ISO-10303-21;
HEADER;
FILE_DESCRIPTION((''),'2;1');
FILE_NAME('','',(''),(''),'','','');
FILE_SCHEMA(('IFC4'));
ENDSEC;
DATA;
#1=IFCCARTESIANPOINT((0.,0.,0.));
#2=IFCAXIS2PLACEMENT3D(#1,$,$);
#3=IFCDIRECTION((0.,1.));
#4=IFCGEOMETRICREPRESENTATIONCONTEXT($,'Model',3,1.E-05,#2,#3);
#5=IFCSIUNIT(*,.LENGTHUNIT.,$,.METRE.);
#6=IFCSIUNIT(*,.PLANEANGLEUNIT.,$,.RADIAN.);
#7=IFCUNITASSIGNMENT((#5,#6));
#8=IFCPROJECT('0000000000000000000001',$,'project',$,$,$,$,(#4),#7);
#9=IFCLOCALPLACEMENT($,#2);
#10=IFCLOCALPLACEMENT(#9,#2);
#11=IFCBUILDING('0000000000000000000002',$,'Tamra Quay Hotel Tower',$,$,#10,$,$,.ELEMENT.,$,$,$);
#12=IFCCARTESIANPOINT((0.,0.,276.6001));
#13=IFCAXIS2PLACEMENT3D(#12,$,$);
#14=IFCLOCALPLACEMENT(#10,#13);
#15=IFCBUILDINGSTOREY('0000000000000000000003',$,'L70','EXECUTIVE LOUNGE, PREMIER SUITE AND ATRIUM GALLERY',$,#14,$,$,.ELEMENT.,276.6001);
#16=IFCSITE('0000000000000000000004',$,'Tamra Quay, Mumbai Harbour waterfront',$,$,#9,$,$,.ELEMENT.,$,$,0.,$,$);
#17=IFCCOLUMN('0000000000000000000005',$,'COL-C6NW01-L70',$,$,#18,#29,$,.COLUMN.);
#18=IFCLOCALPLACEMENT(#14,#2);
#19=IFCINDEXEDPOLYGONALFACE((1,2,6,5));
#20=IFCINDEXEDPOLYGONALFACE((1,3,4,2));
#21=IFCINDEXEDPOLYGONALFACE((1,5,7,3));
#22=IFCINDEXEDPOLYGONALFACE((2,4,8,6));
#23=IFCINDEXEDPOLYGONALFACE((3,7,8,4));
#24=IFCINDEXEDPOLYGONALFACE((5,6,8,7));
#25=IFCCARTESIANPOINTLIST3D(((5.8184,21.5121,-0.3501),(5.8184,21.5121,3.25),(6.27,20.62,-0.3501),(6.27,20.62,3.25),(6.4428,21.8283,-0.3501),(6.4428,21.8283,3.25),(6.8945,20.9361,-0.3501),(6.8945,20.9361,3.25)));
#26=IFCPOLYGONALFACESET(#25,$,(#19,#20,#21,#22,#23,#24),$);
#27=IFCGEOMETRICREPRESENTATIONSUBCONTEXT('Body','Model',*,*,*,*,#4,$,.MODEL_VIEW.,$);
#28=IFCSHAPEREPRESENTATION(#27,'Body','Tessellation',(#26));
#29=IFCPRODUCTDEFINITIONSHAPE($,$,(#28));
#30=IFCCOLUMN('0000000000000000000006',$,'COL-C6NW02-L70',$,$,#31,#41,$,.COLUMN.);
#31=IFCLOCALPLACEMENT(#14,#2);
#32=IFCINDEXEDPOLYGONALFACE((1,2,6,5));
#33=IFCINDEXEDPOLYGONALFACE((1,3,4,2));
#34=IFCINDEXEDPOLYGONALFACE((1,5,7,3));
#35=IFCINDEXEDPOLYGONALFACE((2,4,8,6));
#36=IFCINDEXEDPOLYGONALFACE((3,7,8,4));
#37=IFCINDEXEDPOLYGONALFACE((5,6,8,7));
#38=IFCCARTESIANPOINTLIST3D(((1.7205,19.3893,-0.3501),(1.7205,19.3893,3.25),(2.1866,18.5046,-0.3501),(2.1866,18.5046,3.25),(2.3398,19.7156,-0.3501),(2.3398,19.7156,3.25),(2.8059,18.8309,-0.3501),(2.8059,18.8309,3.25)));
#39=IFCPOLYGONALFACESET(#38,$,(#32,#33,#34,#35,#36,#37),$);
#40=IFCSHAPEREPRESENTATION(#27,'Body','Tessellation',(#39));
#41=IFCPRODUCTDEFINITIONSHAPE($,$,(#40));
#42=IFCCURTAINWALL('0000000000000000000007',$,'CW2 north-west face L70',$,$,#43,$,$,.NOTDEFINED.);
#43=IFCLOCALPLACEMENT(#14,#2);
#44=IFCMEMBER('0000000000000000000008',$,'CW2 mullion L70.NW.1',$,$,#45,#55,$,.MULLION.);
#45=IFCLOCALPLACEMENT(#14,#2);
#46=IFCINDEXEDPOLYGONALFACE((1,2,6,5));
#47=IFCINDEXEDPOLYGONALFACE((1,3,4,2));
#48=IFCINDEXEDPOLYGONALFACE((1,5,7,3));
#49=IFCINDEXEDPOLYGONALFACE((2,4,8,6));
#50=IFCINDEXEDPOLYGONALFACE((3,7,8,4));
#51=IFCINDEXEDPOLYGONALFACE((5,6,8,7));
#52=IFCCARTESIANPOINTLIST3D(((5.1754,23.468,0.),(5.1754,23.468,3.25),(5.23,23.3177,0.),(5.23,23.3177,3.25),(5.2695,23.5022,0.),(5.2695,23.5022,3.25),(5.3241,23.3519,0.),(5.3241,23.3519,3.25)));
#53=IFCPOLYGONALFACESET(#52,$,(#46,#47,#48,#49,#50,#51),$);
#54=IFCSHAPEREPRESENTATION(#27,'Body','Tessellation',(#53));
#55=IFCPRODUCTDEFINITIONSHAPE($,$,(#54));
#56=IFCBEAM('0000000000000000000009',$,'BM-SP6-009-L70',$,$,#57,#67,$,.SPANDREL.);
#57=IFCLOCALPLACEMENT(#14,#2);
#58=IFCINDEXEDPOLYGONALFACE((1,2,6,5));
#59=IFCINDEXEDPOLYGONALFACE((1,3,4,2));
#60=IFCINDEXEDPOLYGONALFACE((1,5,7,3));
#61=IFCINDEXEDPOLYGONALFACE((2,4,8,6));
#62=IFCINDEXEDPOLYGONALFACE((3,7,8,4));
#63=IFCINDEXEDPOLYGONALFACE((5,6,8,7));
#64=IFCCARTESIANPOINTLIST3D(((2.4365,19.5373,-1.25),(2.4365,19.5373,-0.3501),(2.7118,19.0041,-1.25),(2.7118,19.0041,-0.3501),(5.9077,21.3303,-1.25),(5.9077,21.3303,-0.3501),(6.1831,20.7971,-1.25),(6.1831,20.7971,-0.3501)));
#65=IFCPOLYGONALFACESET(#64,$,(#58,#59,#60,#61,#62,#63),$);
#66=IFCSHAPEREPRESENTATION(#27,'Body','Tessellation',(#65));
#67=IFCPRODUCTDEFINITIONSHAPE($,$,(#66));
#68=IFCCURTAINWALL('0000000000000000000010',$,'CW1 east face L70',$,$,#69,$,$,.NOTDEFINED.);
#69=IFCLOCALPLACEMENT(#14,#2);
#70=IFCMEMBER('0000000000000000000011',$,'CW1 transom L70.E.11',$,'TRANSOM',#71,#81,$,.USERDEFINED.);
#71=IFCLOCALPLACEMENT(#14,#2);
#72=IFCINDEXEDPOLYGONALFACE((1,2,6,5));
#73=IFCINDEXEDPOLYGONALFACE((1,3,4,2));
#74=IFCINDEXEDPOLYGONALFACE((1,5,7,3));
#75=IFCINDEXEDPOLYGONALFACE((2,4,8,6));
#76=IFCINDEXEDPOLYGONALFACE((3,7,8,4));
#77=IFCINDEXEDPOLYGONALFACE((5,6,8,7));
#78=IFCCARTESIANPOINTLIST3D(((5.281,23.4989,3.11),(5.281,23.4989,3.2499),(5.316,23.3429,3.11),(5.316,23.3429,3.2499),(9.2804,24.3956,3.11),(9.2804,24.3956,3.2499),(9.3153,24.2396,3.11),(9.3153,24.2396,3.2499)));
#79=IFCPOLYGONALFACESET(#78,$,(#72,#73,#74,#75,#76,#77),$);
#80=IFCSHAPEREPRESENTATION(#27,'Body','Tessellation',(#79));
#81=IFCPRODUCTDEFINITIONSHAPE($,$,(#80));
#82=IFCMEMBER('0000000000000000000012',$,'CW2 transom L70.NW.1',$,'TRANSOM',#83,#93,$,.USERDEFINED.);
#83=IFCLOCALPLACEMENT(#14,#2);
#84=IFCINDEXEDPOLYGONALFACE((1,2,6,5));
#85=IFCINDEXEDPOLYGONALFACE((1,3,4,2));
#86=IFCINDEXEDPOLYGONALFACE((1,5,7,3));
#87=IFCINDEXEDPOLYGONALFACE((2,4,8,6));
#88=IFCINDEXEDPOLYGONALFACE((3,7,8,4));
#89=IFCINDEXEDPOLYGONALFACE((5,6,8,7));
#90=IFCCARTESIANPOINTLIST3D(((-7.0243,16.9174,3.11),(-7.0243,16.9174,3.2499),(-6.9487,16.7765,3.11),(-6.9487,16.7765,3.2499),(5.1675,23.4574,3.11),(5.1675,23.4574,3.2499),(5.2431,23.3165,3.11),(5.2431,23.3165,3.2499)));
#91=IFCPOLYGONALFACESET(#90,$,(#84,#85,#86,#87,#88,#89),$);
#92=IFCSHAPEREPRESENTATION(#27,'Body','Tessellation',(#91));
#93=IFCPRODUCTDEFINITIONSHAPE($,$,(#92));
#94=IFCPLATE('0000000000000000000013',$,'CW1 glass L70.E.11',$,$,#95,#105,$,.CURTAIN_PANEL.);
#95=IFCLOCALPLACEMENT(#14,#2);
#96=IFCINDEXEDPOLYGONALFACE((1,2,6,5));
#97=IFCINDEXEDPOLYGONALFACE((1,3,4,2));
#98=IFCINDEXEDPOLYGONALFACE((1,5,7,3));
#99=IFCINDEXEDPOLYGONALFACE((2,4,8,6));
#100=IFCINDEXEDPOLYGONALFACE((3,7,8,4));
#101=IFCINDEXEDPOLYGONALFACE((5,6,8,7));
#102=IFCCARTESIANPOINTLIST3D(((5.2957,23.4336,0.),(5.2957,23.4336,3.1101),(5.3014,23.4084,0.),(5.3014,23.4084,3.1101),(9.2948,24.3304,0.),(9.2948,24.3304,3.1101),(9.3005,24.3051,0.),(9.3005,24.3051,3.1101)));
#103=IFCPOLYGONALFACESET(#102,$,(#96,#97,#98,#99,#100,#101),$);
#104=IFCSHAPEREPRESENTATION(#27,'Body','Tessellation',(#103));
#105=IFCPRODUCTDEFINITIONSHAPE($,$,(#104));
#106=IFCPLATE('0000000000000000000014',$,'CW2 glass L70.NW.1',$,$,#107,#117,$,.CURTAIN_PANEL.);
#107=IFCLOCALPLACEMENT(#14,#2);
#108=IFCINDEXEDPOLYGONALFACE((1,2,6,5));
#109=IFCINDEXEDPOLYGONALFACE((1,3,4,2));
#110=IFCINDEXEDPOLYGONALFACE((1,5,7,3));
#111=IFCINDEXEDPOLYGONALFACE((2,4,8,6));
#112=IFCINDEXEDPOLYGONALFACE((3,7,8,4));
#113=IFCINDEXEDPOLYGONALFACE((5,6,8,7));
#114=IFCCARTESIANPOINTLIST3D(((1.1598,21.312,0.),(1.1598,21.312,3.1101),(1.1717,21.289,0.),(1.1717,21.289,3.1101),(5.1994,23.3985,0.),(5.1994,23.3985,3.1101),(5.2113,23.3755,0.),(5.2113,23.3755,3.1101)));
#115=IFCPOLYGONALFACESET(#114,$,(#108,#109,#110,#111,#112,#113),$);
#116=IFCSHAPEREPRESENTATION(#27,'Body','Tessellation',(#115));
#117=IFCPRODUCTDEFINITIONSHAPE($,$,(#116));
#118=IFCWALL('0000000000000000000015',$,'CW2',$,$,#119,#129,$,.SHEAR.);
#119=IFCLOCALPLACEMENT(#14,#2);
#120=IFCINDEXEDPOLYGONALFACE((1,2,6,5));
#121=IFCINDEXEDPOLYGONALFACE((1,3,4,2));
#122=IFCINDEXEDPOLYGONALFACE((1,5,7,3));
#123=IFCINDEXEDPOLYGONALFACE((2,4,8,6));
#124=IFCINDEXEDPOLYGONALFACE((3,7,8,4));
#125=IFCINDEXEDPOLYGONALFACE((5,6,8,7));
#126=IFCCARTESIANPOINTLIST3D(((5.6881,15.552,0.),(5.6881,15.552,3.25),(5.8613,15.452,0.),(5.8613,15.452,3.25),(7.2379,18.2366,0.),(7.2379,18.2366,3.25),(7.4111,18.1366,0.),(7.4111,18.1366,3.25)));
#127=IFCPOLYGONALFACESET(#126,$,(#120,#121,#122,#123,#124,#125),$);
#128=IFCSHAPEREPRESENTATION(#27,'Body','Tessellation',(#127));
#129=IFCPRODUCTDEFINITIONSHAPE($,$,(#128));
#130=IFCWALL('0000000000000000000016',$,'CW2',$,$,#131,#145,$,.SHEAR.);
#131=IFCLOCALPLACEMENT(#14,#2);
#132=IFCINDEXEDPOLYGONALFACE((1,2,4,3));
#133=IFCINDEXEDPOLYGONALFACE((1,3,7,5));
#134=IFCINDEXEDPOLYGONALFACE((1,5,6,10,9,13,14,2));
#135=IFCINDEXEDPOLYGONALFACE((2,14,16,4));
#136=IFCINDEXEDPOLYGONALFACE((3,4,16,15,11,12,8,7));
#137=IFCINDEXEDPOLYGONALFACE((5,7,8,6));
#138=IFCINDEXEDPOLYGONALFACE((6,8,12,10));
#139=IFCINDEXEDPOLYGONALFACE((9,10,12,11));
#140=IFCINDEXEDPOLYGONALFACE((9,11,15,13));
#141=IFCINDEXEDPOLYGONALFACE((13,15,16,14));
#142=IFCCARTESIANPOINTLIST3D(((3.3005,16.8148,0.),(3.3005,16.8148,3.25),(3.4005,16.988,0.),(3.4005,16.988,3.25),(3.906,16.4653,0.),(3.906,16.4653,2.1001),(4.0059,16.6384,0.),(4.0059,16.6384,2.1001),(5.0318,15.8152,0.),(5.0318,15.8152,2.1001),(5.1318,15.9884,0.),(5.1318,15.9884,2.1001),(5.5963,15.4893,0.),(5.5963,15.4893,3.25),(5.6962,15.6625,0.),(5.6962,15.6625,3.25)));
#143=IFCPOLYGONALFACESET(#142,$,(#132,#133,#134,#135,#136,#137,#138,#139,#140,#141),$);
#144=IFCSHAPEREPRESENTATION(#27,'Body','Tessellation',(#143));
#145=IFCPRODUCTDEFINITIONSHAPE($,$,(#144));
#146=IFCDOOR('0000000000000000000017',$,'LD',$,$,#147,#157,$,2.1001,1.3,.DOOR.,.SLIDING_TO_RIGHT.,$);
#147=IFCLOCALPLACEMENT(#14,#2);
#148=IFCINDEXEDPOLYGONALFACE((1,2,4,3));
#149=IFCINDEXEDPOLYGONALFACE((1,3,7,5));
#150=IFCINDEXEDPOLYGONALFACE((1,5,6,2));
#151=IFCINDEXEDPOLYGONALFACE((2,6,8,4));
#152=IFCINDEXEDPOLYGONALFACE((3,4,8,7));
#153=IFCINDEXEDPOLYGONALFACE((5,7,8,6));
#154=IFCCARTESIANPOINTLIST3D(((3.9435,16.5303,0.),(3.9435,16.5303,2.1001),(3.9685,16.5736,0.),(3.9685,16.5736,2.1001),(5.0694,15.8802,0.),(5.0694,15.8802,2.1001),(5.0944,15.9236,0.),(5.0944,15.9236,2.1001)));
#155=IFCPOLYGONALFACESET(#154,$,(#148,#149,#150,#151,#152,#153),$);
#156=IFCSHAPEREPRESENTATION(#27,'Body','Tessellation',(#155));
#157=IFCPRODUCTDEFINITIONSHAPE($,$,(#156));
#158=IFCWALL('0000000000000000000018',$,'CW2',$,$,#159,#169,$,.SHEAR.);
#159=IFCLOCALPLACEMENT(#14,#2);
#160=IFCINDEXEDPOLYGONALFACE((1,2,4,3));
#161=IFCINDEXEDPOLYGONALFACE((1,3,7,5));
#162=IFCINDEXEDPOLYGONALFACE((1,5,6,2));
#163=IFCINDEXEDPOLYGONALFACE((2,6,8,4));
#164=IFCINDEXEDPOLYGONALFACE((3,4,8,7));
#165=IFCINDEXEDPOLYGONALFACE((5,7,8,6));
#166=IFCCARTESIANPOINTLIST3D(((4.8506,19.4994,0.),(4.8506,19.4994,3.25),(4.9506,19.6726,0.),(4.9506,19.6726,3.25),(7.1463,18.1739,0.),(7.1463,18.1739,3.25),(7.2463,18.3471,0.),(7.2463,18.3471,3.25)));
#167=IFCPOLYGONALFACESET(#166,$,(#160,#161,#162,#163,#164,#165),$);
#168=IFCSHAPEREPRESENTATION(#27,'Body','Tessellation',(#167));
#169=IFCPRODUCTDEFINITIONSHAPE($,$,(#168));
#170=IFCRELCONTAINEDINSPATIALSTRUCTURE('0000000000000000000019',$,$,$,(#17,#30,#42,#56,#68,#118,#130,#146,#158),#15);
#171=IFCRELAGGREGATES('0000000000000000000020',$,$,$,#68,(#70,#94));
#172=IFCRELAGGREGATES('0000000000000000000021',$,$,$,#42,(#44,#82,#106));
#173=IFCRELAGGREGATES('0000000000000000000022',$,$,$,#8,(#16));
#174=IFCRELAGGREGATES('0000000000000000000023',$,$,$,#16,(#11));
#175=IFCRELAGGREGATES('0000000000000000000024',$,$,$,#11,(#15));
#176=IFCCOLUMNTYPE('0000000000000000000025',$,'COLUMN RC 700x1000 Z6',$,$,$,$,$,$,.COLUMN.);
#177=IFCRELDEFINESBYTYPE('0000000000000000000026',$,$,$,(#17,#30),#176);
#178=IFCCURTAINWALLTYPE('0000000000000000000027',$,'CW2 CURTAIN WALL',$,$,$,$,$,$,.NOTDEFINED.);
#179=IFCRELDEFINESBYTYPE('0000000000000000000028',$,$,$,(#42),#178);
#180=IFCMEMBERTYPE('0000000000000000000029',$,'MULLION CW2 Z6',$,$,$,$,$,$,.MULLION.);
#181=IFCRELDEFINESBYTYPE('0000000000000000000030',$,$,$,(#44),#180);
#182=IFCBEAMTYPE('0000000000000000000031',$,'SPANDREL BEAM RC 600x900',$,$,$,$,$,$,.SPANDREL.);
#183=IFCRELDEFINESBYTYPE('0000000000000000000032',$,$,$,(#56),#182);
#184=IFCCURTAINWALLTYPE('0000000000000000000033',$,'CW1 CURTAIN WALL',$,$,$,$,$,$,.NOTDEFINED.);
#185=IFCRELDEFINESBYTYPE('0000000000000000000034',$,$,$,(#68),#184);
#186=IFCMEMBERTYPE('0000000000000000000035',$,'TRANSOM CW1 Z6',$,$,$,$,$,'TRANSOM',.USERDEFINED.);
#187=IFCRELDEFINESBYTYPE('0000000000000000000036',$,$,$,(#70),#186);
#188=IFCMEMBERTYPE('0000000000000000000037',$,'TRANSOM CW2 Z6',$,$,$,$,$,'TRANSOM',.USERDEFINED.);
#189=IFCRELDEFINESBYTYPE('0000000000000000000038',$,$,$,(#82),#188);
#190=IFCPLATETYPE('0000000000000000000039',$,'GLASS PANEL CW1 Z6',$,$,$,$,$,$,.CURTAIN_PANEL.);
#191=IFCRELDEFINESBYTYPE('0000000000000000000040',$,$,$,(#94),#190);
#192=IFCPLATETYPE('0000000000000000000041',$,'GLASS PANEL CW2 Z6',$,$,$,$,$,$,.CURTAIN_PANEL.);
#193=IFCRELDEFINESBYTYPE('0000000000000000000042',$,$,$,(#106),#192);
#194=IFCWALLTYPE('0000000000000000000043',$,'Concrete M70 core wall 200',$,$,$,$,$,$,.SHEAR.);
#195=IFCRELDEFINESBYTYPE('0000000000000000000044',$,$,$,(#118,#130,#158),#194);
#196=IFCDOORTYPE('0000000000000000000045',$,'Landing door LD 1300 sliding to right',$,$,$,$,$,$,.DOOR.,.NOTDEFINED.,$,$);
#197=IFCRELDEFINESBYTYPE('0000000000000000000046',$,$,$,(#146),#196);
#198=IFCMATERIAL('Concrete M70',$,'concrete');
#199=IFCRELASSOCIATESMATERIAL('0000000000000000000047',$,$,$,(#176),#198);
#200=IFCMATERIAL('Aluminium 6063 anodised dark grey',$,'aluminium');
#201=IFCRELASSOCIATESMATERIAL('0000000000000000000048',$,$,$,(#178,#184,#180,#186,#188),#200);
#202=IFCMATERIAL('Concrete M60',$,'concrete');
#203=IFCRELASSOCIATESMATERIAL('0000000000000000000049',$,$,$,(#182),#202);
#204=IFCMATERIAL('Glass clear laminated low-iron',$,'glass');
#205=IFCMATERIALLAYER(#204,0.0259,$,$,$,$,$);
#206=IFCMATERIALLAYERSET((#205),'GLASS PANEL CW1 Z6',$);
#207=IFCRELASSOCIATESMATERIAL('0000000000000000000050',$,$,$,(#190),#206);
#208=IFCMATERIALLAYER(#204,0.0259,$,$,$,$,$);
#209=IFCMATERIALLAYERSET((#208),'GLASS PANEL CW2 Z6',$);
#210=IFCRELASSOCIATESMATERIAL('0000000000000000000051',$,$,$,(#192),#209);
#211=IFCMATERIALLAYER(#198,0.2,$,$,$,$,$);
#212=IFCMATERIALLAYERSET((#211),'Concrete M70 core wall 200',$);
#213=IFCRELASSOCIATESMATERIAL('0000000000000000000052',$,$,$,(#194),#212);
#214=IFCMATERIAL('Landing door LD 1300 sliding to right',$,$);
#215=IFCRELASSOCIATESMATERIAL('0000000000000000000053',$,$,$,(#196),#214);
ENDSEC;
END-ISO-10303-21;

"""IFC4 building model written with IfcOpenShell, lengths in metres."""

from ifc_helpers import new_model, si_unit, direction, frame, frame_2d, origin, origin_2d, place, context, subcontext, project, spatial, rectangle, extrude, material, layer, layer_set, material_profile, profile_set, type_object, element, fill, aggregate, save


model = new_model("IFC4")

# Units and contexts
model_context = context("Model", 3, precision=1e-05, world=origin(), true_north=direction((0.0, 1.0)))
body_context = subcontext(model_context, "Body", "Model", "MODEL_VIEW")
ifc_project = project(units=[si_unit("LENGTHUNIT", "METRE"), si_unit("PLANEANGLEUNIT", "RADIAN")], contexts=[model_context])

# Site, building, storey
site_placement = place(None, origin())
site = spatial("IfcSite", under=ifc_project, at=site_placement, Name="Tamra Quay, Mumbai Harbour waterfront", CompositionType="ELEMENT", RefElevation=0.0)
building_placement = place(site_placement, origin())
building = spatial("IfcBuilding", under=site, at=building_placement, Name="Tamra Quay Hotel Tower", CompositionType="ELEMENT")
storey_placement = place(building_placement, frame((0.0, 0.0, 276.6001)))
storey = spatial("IfcBuildingStorey", under=building, at=storey_placement, Name="L70", Description="EXECUTIVE LOUNGE, PREMIER SUITE AND ATRIUM GALLERY", CompositionType="ELEMENT", Elevation=276.6001)

# Columns
ifc_material_1 = material(Name="Concrete M70", Category="concrete")
ifc_material_profile_1 = material_profile(ifc_material_1, rectangle(XDim=1.0, YDim=0.7, at=origin_2d()), Name="COLUMN RC 700x1000 Z6")
ifc_profile_set_1 = profile_set([ifc_material_profile_1], Name="Concrete M70")
column_type = type_object("IfcColumnType", Name="COLUMN RC 700x1000 Z6", PredefinedType="COLUMN", material=ifc_profile_set_1)
for number, where, z_axis, x_axis, name in (
    (1, (6.3564, 21.2241, -0.3501), (0.0, 0.0, 1.0), (-0.451686, 0.892177, 0.0), "COL-C6NW01-L70"),
    (2, (2.2632, 19.1101, -0.3501), (0.0, 0.0, 1.0), (-0.466118, 0.884723, 0.0), "COL-C6NW02-L70"),
):
    element("IfcColumn", number, at=place(storey_placement, frame(where, z_axis=z_axis, x_axis=x_axis)), inside=storey, type_object=column_type, Name=name, PredefinedType="COLUMN", context=body_context, shape_type="SweptSolid", body=[
        extrude(rectangle(XDim=1.0, YDim=0.7, at=origin_2d()), origin(), (0.0, 0.0, 1.0), 3.6001),
    ])

# Curtain wall, member
ifc_material_2 = material(Name="Aluminium 6063 anodised dark grey", Category="aluminium")
curtain_wall_type_1 = type_object("IfcCurtainWallType", Name="CW2 CURTAIN WALL", PredefinedType="NOTDEFINED", material=ifc_material_2)
curtain_wall_1_placement = place(storey_placement, origin())
curtain_wall_1 = element("IfcCurtainWall", 3, at=curtain_wall_1_placement, inside=storey, type_object=curtain_wall_type_1, Name="CW2 north-west face L70", PredefinedType="NOTDEFINED")
ifc_material_profile_2 = material_profile(ifc_material_2, rectangle(XDim=0.1599, YDim=0.1001, at=origin_2d()), Name="MULLION 100X160")
ifc_profile_set_2 = profile_set([ifc_material_profile_2], Name="Aluminium 6063 anodised dark grey")
member_type_1 = type_object("IfcMemberType", Name="MULLION CW2 Z6", PredefinedType="MULLION", material=ifc_profile_set_2)
member_1_placement = place(storey_placement, frame((5.2498, 23.4099, 0.0), z_axis=(0.0, 0.0, 1.0), x_axis=(-0.341653, 0.939826, 0.0)))
member_1 = element("IfcMember", 4, at=member_1_placement, type_object=member_type_1, Name="CW2 mullion L70.NW.1", PredefinedType="MULLION", context=body_context, shape_type="SweptSolid", body=[
    extrude(rectangle(XDim=0.1599, YDim=0.1001, at=origin_2d()), origin(), (0.0, 0.0, 1.0), 3.25),
])

# Beam
ifc_material_3 = material(Name="Concrete M60", Category="concrete")
ifc_material_profile_3 = material_profile(ifc_material_3, rectangle(XDim=0.6001, YDim=0.8999, at=origin_2d()), Name="SPANDREL BEAM RC 600x900")
ifc_profile_set_3 = profile_set([ifc_material_profile_3], Name="Concrete M60")
beam_type = type_object("IfcBeamType", Name="SPANDREL BEAM RC 600x900", PredefinedType="SPANDREL", material=ifc_profile_set_3)
beam_placement = place(storey_placement, frame((6.0454, 21.0637, -0.8), z_axis=(-0.888476, -0.458923, 0.0), x_axis=(0.458923, -0.888476, 0.0)))
element("IfcBeam", 5, at=beam_placement, inside=storey, type_object=beam_type, Name="BM-SP6-009-L70", PredefinedType="SPANDREL", context=body_context, shape_type="SweptSolid", body=[
    extrude(rectangle(XDim=0.6001, YDim=0.8999, at=origin_2d()), origin(), (0.0, 0.0, 1.0), 3.907),
])

# Curtain wall, member
curtain_wall_type_2 = type_object("IfcCurtainWallType", Name="CW1 CURTAIN WALL", PredefinedType="NOTDEFINED", material=ifc_material_2)
curtain_wall_2_placement = place(storey_placement, origin())
curtain_wall_2 = element("IfcCurtainWall", 6, at=curtain_wall_2_placement, inside=storey, type_object=curtain_wall_type_2, Name="CW1 east face L70", PredefinedType="NOTDEFINED")
ifc_material_profile_4 = material_profile(ifc_material_2, rectangle(XDim=0.1599, YDim=0.1399, at=origin_2d()), Name="TRANSOM 160X140")
ifc_profile_set_4 = profile_set([ifc_material_profile_4], Name="Aluminium 6063 anodised dark grey")
member_type_2 = type_object("IfcMemberType", Name="TRANSOM CW1 Z6", ElementType="TRANSOM", PredefinedType="USERDEFINED", material=ifc_profile_set_4)
member_2_placement = place(storey_placement, frame((9.2979, 24.3176, 3.1799), z_axis=(-0.975772, -0.218791, 0.0), x_axis=(0.218791, -0.975772, 0.0)))
member_2 = element("IfcMember", 7, at=member_2_placement, type_object=member_type_2, Name="CW1 transom L70.E.11", ObjectType="TRANSOM", PredefinedType="USERDEFINED", context=body_context, shape_type="SweptSolid", body=[
    extrude(rectangle(XDim=0.1599, YDim=0.1399, at=origin_2d()), origin(), (0.0, 0.0, 1.0), 4.0986),
])

# Member
ifc_material_profile_5 = material_profile(ifc_material_2, rectangle(XDim=0.1599, YDim=0.1399, at=origin_2d()), Name="TRANSOM 160X140")
ifc_profile_set_5 = profile_set([ifc_material_profile_5], Name="Aluminium 6063 anodised dark grey")
member_type_3 = type_object("IfcMemberType", Name="TRANSOM CW2 Z6", ElementType="TRANSOM", PredefinedType="USERDEFINED", material=ifc_profile_set_5)
member_3_placement = place(storey_placement, frame((5.2053, 23.387, 3.1799), z_axis=(-0.881219, -0.472708, 0.0), x_axis=(0.472708, -0.881219, 0.0)))
member_3 = element("IfcMember", 8, at=member_3_placement, type_object=member_type_3, Name="CW2 transom L70.NW.1", ObjectType="TRANSOM", PredefinedType="USERDEFINED", context=body_context, shape_type="SweptSolid", body=[
    extrude(rectangle(XDim=0.1599, YDim=0.1399, at=origin_2d()), origin(), (0.0, 0.0, 1.0), 13.8352),
])

# Plates
ifc_material_4 = material(Name="Glass clear laminated low-iron", Category="glass")
ifc_layer_1 = layer(ifc_material_4, 0.0259)
ifc_layer_set_1 = layer_set([ifc_layer_1], Name="GLASS PANEL CW1 Z6")
plate_type_1 = type_object("IfcPlateType", Name="GLASS PANEL CW1 Z6", PredefinedType="CURTAIN_PANEL", material=ifc_layer_set_1)
plate_1_placement = place(storey_placement, frame((7.2981, 23.8694, 0.0), z_axis=(0.0, 0.0, 1.0), x_axis=(-0.975768, -0.218806, 0.0)))
plate_1 = element("IfcPlate", 9, at=plate_1_placement, type_object=plate_type_1, Name="CW1 glass L70.E.11", PredefinedType="CURTAIN_PANEL", context=body_context, shape_type="SweptSolid", body=[
    extrude(rectangle(XDim=4.0984, YDim=0.0259, at=origin_2d()), origin(), (0.0, 0.0, 1.0), 3.1101),
])
aggregate(curtain_wall_2, [member_2, plate_1])
ifc_layer_2 = layer(ifc_material_4, 0.0259)
ifc_layer_set_2 = layer_set([ifc_layer_2], Name="GLASS PANEL CW2 Z6")
plate_type_2 = type_object("IfcPlateType", Name="GLASS PANEL CW2 Z6", PredefinedType="CURTAIN_PANEL", material=ifc_layer_set_2)
plate_2_placement = place(storey_placement, frame((3.1855, 22.3438, 0.0), z_axis=(0.0, 0.0, 1.0), x_axis=(-0.888486, -0.458903, 0.0)))
plate_2 = element("IfcPlate", 10, at=plate_2_placement, type_object=plate_type_2, Name="CW2 glass L70.NW.1", PredefinedType="CURTAIN_PANEL", context=body_context, shape_type="SweptSolid", body=[
    extrude(rectangle(XDim=4.5466, YDim=0.0259, at=origin_2d()), origin(), (0.0, 0.0, 1.0), 3.1101),
])
aggregate(curtain_wall_1, [member_1, member_3, plate_2])

# Wall
ifc_layer_3 = layer(ifc_material_1, 0.2)
ifc_layer_set_3 = layer_set([ifc_layer_3], Name="Concrete M70 core wall 200")
wall_type_1 = type_object("IfcWallType", Name="Concrete M70 core wall 200", PredefinedType="SHEAR", material=ifc_layer_set_3)
wall_1_placement = place(storey_placement, frame((7.3245, 18.1865, 0.0), z_axis=(0.0, 0.0, 1.0), x_axis=(-0.499968, -0.866044, 0.0)))
element("IfcWall", 11, at=wall_1_placement, inside=storey, type_object=wall_type_1, Name="CW2", PredefinedType="SHEAR", context=body_context, shape_type="SweptSolid", body=[
    extrude(rectangle(XDim=3.0999, YDim=0.2, at=frame_2d((1.5498, 0.0))), origin(), (0.0, 0.0, 1.0), 3.25),
])

# Wall, opening, door
wall_2_placement = place(storey_placement, frame((5.6462, 15.5759, 0.0), z_axis=(0.0, 0.0, 1.0), x_axis=(-0.866018, 0.500012, 0.0)))
wall_2 = element("IfcWall", 12, at=wall_2_placement, inside=storey, type_object=wall_type_1, Name="CW2", PredefinedType="SHEAR", context=body_context, shape_type="SweptSolid", body=[
    extrude(rectangle(XDim=2.6509, YDim=0.2, at=frame_2d((1.3254, 0.0))), origin(), (0.0, 0.0, 1.0), 3.25),
])
opening_1_placement = place(wall_2_placement, frame((0.6519, 0.0, 0.0)))
opening_1 = element("IfcOpeningElement", 13, at=opening_1_placement, cuts=wall_2, PredefinedType="OPENING", context=body_context, shape_type="SweptSolid", body=[
    extrude(rectangle(XDim=1.3, YDim=2.1001, at=frame_2d((0.6499, 1.05))), frame((0.0, 0.1099, 0.0), z_axis=(0.0, -1.0, 0.0), x_axis=(1.0, 0.0, 0.0)), (0.0, 0.0, 1.0), 0.22),
])
ifc_material_5 = material(Name="Landing door LD 1300 sliding to right")
door_type_1 = type_object("IfcDoorType", Name="Landing door LD 1300 sliding to right", OperationType="NOTDEFINED", PredefinedType="DOOR", material=ifc_material_5)
door_1_placement = place(opening_1_placement, origin())
door_1 = element("IfcDoor", 14, at=door_1_placement, inside=storey, type_object=door_type_1, Name="LD", OperationType="SLIDING_TO_RIGHT", OverallHeight=2.1001, OverallWidth=1.3, PredefinedType="DOOR", context=body_context, shape_type="SweptSolid", body=[
    extrude(rectangle(XDim=1.3, YDim=2.1001, at=frame_2d((0.6499, 1.05))), frame((0.0, 0.0249, 0.0), z_axis=(0.0, -1.0, 0.0), x_axis=(1.0, 0.0, 0.0)), (0.0, 0.0, 1.0), 0.05),
])
fill(opening_1, door_1)

# Wall
wall_3_placement = place(storey_placement, frame((7.1963, 18.2605, 0.0), z_axis=(0.0, 0.0, 1.0), x_axis=(-0.866018, 0.500012, 0.0)))
element("IfcWall", 15, at=wall_3_placement, inside=storey, type_object=wall_type_1, Name="CW2", PredefinedType="SHEAR", context=body_context, shape_type="SweptSolid", body=[
    extrude(rectangle(XDim=2.6509, YDim=0.2, at=frame_2d((1.3254, 0.0))), origin(), (0.0, 0.0, 1.0), 3.25),
])

save(model, "model.ifc")
